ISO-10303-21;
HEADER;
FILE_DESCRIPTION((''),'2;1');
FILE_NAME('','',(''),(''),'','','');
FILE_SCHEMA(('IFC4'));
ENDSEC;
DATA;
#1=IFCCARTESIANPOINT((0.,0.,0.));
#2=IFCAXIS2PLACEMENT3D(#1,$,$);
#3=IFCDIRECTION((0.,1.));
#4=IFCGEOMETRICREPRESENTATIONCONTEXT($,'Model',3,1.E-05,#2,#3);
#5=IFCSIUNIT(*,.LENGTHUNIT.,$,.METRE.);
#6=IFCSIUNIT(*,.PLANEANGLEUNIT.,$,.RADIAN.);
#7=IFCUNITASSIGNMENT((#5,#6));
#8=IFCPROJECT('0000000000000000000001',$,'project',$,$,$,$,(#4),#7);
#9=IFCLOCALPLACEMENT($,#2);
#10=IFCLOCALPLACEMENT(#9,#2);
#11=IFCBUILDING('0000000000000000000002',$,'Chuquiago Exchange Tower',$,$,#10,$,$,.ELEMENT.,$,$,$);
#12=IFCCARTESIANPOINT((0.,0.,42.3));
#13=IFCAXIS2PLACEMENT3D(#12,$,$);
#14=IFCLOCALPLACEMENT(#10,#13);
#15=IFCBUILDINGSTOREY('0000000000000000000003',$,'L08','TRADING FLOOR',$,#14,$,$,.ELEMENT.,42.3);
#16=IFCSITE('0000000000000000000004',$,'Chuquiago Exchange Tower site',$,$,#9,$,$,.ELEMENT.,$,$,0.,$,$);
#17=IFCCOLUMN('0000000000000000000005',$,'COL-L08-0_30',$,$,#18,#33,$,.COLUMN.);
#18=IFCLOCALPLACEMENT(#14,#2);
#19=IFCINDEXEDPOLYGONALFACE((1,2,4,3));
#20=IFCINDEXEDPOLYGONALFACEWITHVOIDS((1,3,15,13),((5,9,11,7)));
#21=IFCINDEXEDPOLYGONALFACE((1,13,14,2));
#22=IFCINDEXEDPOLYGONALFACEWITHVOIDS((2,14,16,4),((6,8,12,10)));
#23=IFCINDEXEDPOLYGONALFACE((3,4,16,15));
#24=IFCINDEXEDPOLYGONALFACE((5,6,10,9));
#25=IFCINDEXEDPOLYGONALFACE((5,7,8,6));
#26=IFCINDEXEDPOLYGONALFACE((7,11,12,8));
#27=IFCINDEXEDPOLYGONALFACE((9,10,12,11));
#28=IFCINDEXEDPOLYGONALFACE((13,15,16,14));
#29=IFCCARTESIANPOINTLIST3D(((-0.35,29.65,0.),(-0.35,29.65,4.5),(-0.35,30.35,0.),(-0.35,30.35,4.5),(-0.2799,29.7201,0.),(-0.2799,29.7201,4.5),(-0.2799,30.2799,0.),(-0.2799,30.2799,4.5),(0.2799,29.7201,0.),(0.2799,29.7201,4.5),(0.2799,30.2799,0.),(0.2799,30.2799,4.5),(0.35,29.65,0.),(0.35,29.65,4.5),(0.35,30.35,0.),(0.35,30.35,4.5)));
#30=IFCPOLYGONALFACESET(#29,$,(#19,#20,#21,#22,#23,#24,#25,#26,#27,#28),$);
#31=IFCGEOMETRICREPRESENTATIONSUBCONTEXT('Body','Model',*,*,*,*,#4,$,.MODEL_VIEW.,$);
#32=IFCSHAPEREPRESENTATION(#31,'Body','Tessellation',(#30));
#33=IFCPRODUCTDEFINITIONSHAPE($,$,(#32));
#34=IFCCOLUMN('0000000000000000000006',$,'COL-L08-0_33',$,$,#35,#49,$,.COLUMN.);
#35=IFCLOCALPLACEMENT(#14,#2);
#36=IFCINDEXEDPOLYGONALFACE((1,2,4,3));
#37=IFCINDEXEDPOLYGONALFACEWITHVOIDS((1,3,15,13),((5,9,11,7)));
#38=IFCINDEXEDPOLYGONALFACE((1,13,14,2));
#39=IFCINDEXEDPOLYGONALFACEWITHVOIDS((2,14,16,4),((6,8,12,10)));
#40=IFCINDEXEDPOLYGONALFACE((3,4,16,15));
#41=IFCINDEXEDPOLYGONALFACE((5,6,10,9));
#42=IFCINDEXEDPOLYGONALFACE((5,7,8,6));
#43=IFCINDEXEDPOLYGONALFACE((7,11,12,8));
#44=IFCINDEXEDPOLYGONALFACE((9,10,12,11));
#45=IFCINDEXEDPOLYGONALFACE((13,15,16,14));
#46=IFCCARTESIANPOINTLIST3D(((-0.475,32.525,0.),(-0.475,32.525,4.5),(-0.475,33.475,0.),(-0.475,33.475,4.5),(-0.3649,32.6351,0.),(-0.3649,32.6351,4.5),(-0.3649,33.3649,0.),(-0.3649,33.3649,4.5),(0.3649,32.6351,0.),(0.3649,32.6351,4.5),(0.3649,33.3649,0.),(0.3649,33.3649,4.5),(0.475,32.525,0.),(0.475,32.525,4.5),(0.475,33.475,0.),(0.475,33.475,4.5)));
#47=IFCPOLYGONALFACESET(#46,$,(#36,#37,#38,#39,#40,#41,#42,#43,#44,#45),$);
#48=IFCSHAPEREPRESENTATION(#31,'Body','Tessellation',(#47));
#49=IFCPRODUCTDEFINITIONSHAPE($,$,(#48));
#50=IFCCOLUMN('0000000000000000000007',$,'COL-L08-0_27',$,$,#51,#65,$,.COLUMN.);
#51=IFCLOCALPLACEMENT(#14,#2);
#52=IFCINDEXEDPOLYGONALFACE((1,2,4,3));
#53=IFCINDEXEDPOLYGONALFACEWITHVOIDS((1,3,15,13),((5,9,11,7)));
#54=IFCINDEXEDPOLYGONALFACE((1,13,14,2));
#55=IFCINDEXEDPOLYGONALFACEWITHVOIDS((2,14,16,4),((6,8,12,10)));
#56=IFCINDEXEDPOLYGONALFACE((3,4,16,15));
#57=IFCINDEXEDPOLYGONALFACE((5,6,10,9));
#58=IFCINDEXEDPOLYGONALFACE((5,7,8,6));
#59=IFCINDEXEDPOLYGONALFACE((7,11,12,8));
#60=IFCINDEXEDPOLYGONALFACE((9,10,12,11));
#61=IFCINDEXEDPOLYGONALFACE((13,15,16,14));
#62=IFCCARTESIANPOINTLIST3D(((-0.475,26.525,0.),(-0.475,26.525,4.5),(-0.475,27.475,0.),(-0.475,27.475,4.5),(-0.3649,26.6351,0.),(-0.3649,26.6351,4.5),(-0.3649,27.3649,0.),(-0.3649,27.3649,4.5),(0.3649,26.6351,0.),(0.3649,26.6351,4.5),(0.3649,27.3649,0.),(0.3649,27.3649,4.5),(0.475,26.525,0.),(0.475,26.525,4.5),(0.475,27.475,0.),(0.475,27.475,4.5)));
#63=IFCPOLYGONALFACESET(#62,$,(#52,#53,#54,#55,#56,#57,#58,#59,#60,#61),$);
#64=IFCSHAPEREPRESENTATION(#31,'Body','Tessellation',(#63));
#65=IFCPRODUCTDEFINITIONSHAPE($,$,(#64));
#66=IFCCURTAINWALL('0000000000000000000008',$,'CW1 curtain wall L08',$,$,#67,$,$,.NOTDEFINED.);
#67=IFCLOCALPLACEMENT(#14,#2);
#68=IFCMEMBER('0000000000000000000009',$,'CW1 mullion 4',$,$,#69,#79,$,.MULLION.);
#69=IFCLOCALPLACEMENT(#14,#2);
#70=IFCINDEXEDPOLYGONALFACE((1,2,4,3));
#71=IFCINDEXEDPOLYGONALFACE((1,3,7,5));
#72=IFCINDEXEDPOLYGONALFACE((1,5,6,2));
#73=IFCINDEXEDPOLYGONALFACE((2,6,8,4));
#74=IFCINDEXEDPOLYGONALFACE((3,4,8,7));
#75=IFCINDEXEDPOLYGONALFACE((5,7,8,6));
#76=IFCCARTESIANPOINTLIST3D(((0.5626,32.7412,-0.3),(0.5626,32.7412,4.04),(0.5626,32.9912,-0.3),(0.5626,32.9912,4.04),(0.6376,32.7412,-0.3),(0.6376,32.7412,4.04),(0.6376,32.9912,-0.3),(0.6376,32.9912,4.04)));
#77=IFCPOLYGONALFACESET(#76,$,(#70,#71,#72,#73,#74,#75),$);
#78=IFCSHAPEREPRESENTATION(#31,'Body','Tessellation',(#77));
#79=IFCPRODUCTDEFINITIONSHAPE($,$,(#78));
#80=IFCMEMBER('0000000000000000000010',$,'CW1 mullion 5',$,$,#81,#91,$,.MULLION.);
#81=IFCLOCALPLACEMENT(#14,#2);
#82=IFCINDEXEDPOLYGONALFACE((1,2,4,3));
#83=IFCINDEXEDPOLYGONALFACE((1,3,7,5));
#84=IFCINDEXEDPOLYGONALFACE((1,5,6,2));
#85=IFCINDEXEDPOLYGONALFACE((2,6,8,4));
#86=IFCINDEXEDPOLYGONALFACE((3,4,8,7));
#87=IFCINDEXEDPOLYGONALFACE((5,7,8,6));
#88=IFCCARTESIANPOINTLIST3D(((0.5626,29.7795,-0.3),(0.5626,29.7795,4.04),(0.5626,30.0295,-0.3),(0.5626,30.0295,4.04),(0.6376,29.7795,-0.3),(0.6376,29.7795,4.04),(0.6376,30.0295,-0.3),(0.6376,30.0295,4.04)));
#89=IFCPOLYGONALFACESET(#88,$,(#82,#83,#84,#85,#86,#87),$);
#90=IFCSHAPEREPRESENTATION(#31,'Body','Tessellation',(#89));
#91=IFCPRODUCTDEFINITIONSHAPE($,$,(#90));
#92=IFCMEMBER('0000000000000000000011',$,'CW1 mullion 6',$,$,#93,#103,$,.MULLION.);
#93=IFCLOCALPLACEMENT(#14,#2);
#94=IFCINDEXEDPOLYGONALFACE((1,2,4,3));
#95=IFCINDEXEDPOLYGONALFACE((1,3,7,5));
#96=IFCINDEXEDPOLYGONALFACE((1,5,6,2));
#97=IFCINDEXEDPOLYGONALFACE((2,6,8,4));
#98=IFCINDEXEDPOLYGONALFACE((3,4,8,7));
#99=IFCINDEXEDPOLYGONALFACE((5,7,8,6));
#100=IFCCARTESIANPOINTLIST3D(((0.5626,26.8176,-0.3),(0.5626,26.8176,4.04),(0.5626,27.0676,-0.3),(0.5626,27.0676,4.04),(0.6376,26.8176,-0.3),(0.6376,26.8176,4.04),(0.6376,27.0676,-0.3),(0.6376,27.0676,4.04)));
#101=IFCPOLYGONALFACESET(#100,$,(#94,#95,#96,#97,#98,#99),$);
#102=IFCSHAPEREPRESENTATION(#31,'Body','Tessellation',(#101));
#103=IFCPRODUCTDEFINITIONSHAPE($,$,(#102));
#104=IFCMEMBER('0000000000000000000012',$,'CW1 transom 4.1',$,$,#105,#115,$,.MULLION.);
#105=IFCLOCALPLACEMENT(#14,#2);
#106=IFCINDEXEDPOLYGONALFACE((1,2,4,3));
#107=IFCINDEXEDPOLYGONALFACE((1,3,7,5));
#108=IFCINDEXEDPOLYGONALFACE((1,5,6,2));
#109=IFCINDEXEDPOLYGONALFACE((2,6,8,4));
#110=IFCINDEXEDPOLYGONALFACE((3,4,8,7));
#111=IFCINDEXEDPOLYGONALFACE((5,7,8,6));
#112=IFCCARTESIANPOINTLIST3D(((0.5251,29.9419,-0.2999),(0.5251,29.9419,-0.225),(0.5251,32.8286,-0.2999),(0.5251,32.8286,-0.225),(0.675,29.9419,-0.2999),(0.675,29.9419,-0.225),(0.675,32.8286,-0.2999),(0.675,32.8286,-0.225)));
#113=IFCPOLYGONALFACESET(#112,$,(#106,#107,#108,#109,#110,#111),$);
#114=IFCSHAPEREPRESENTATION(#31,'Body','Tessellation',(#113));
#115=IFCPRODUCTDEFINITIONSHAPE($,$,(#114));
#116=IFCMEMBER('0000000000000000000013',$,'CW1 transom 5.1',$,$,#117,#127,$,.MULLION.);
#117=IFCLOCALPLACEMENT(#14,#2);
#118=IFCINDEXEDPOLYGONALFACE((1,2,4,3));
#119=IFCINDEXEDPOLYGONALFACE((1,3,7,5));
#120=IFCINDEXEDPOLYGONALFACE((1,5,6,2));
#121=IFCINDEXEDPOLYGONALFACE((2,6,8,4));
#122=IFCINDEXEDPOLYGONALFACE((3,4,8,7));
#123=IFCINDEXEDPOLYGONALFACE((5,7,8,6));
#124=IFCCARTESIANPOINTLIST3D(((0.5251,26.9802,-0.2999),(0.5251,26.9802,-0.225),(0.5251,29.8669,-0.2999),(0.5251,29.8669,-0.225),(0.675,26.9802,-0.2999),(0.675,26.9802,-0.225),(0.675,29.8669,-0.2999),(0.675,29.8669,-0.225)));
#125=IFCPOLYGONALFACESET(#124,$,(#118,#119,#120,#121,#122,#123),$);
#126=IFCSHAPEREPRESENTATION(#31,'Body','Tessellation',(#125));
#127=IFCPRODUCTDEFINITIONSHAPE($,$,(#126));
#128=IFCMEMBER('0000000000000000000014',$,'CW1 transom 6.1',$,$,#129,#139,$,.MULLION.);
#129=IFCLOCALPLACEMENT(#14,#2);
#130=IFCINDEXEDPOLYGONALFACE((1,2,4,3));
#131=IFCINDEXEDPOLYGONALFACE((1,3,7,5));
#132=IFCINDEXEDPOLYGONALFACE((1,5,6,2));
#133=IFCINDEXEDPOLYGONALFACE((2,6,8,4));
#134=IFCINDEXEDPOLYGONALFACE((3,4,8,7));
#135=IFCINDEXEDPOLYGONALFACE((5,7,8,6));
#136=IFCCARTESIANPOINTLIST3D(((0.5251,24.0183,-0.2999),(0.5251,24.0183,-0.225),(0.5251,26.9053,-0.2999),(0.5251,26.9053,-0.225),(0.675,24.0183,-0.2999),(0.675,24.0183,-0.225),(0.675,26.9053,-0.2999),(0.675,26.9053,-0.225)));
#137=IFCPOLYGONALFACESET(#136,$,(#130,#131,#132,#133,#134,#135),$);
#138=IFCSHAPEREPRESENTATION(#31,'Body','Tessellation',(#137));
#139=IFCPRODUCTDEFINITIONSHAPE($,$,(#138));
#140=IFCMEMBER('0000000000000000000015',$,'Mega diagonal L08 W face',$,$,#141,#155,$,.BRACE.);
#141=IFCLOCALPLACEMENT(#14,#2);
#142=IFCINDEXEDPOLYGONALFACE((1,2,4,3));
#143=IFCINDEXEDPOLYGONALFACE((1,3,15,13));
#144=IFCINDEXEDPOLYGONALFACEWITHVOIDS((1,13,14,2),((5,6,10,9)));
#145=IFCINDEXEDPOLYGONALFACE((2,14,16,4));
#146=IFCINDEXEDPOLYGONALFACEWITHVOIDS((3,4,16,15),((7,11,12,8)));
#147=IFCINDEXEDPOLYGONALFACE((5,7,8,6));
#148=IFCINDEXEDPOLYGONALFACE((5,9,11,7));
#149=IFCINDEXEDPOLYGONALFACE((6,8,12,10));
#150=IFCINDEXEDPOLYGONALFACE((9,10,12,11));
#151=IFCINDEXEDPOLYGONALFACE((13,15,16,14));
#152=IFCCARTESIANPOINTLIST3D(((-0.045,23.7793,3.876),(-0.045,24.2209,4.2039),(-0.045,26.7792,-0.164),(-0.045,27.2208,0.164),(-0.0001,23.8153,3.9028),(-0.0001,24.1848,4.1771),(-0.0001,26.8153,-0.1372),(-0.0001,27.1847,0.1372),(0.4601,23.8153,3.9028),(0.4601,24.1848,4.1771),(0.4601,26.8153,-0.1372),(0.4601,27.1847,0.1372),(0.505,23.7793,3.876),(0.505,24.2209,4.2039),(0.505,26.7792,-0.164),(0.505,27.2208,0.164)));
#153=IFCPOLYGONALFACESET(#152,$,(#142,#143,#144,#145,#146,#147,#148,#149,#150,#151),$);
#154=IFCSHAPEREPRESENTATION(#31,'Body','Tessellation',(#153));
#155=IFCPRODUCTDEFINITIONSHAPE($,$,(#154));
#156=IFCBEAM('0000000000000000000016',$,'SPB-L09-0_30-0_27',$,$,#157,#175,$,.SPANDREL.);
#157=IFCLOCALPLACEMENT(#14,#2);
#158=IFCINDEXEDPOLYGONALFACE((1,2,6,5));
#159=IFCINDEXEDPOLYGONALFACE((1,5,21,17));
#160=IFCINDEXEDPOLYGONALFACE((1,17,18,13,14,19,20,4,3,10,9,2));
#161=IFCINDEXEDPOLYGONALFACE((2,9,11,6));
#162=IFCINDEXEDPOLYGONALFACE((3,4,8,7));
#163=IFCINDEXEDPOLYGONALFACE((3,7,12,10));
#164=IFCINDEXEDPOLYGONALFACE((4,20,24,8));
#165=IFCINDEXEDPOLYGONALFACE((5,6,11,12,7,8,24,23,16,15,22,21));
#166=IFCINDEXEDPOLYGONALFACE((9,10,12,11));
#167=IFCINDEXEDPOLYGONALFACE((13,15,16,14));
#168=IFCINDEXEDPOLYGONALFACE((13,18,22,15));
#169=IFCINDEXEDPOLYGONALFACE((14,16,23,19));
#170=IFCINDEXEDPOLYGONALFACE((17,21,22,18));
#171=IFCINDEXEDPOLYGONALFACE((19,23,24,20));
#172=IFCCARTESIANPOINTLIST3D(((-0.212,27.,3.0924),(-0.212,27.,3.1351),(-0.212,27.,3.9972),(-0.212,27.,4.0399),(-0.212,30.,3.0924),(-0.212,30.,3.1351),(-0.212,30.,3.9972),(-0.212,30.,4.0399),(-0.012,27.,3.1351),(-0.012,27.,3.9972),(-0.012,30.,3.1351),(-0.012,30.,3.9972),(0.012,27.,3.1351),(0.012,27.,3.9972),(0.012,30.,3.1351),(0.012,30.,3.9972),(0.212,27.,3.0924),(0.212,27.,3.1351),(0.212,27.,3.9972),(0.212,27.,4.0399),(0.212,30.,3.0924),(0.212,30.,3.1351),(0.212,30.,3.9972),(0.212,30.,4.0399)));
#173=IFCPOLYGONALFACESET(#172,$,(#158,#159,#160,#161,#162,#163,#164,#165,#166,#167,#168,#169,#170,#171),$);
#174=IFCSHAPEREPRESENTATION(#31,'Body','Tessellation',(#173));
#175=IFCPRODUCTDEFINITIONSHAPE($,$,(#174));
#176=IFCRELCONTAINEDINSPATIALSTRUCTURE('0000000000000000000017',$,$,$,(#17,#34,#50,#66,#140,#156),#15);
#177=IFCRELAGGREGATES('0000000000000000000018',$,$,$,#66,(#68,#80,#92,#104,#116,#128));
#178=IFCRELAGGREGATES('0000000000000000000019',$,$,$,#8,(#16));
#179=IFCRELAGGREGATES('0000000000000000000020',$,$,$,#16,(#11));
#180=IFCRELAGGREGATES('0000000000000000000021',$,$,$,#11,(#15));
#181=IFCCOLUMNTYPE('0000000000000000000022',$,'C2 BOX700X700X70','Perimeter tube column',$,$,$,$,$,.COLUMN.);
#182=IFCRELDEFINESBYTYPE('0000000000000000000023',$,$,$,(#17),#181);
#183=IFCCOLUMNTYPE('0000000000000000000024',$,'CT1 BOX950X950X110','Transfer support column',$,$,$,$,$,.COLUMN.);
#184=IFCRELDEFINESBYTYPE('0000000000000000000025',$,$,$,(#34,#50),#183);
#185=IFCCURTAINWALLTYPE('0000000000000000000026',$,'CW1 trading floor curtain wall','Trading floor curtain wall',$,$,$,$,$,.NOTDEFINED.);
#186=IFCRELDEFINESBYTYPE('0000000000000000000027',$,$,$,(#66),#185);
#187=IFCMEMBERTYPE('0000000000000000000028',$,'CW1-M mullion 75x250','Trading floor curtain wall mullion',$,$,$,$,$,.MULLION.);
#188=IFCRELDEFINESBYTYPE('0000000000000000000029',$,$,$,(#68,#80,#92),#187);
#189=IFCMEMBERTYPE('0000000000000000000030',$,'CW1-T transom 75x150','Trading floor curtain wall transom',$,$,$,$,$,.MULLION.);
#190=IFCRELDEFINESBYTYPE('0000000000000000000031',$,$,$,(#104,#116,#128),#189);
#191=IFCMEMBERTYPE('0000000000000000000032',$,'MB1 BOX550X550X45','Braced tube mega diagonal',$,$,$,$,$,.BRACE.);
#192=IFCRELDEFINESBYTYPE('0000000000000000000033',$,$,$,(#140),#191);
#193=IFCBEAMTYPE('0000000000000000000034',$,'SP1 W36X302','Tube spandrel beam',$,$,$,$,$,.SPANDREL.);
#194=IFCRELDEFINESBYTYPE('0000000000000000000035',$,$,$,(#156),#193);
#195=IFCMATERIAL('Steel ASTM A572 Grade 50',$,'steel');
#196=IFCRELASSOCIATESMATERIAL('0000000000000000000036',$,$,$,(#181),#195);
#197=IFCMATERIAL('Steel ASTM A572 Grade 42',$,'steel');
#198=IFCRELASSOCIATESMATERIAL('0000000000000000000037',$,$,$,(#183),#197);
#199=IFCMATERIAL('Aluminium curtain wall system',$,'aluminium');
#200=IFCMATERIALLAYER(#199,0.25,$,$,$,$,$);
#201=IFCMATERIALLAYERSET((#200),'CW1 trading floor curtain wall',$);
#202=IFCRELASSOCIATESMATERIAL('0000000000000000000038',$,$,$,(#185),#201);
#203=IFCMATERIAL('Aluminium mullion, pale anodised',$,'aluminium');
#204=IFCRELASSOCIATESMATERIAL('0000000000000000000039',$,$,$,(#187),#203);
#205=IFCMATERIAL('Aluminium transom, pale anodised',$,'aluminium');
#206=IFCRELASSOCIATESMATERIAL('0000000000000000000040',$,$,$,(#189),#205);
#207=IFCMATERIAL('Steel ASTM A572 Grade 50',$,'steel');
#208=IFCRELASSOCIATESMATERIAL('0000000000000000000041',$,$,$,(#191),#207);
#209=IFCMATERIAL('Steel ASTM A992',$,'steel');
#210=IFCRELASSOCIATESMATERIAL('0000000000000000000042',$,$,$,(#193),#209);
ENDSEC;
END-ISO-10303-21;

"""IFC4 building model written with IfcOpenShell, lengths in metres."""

from ifc_helpers import new_model, si_unit, direction, frame, origin, origin_2d, place, context, subcontext, project, spatial, rectangle, hollow_rectangle, i_section, extrude, material, layer, layer_set, material_profile, profile_set, type_object, element, aggregate, save


model = new_model("IFC4")

# Units and contexts
model_context = context("Model", 3, precision=1e-05, world=origin(), true_north=direction((0.0, 1.0)))
body_context = subcontext(model_context, "Body", "Model", "MODEL_VIEW")
ifc_project = project(units=[si_unit("LENGTHUNIT", "METRE"), si_unit("PLANEANGLEUNIT", "RADIAN")], contexts=[model_context])

# Site, building, storey
site_placement = place(None, origin())
site = spatial("IfcSite", under=ifc_project, at=site_placement, Name="Chuquiago Exchange Tower site", CompositionType="ELEMENT", RefElevation=0.0)
building_placement = place(site_placement, origin())
building = spatial("IfcBuilding", under=site, at=building_placement, Name="Chuquiago Exchange Tower", CompositionType="ELEMENT")
storey_placement = place(building_placement, frame((0.0, 0.0, 42.3)))
storey = spatial("IfcBuildingStorey", under=building, at=storey_placement, Name="L08", Description="TRADING FLOOR", CompositionType="ELEMENT", Elevation=42.3)

# Columns
ifc_material_1 = material(Name="Steel ASTM A572 Grade 50", Category="steel")
ifc_material_profile_1 = material_profile(ifc_material_1, hollow_rectangle(XDim=0.7, YDim=0.7, WallThickness=0.0701, at=origin_2d()), Name="BOX700X700X70")
ifc_profile_set_1 = profile_set([ifc_material_profile_1], Name="Steel ASTM A572 Grade 50")
column_type_1 = type_object("IfcColumnType", Name="C2 BOX700X700X70", Description="Perimeter tube column", PredefinedType="COLUMN", material=ifc_profile_set_1)
column_placement = place(storey_placement, frame((0.0, 30.0, 0.0), z_axis=(0.0, 0.0, 1.0), x_axis=(-1.0, 0.0, 0.0)))
element("IfcColumn", 1, at=column_placement, inside=storey, type_object=column_type_1, Name="COL-L08-0_30", PredefinedType="COLUMN", context=body_context, shape_type="SweptSolid", body=[
    extrude(hollow_rectangle(XDim=0.7, YDim=0.7, WallThickness=0.0701, at=origin_2d()), origin(), (0.0, 0.0, 1.0), 4.5),
])
ifc_material_2 = material(Name="Steel ASTM A572 Grade 42", Category="steel")
ifc_material_profile_2 = material_profile(ifc_material_2, hollow_rectangle(XDim=0.95, YDim=0.95, WallThickness=0.1101, at=origin_2d()), Name="BOX950X950X110")
ifc_profile_set_2 = profile_set([ifc_material_profile_2], Name="Steel ASTM A572 Grade 42")
column_type_2 = type_object("IfcColumnType", Name="CT1 BOX950X950X110", Description="Transfer support column", PredefinedType="COLUMN", material=ifc_profile_set_2)
for number, where, z_axis, x_axis, name in (
    (2, (0.0, 33.0, 0.0), (0.0, 0.0, 1.0), (-1.0, 0.0, 0.0), "COL-L08-0_33"),
    (3, (0.0, 27.0, 0.0), (0.0, 0.0, 1.0), (-1.0, 0.0, 0.0), "COL-L08-0_27"),
):
    element("IfcColumn", number, at=place(storey_placement, frame(where, z_axis=z_axis, x_axis=x_axis)), inside=storey, type_object=column_type_2, Name=name, PredefinedType="COLUMN", context=body_context, shape_type="SweptSolid", body=[
        extrude(hollow_rectangle(XDim=0.95, YDim=0.95, WallThickness=0.1101, at=origin_2d()), origin(), (0.0, 0.0, 1.0), 4.5),
    ])

# Curtain wall, members
ifc_material_3 = material(Name="Aluminium curtain wall system", Category="aluminium")
ifc_layer_1 = layer(ifc_material_3, 0.25)
ifc_layer_set_1 = layer_set([ifc_layer_1], Name="CW1 trading floor curtain wall")
curtain_wall_type = type_object("IfcCurtainWallType", Name="CW1 trading floor curtain wall", Description="Trading floor curtain wall", PredefinedType="NOTDEFINED", material=ifc_layer_set_1)
curtain_wall_placement = place(storey_placement, origin())
curtain_wall = element("IfcCurtainWall", 4, at=curtain_wall_placement, inside=storey, type_object=curtain_wall_type, Name="CW1 curtain wall L08", PredefinedType="NOTDEFINED")
ifc_material_4 = material(Name="Aluminium mullion, pale anodised", Category="aluminium")
ifc_material_profile_3 = material_profile(ifc_material_4, rectangle(XDim=0.075, YDim=0.25, at=origin_2d()), Name="AL 75x250")
ifc_profile_set_3 = profile_set([ifc_material_profile_3], Name="Aluminium mullion, pale anodised")
member_type_1 = type_object("IfcMemberType", Name="CW1-M mullion 75x250", Description="Trading floor curtain wall mullion", PredefinedType="MULLION", material=ifc_profile_set_3)
member_1_placement = place(storey_placement, frame((0.6001, 32.8662, -0.3), z_axis=(0.0, 0.0, 1.0), x_axis=(1.0, 0.0, 0.0)))
member_1 = element("IfcMember", 5, at=member_1_placement, type_object=member_type_1, Name="CW1 mullion 4", PredefinedType="MULLION", context=body_context, shape_type="SweptSolid", body=[
    extrude(rectangle(XDim=0.075, YDim=0.25, at=origin_2d()), origin(), (0.0, 0.0, 1.0), 4.3401),
])
member_2_placement = place(storey_placement, frame((0.6001, 29.9045, -0.3), z_axis=(0.0, 0.0, 1.0), x_axis=(1.0, 0.0, 0.0)))
member_2 = element("IfcMember", 6, at=member_2_placement, type_object=member_type_1, Name="CW1 mullion 5", PredefinedType="MULLION", context=body_context, shape_type="SweptSolid", body=[
    extrude(rectangle(XDim=0.075, YDim=0.25, at=origin_2d()), origin(), (0.0, 0.0, 1.0), 4.3401),
])
member_3_placement = place(storey_placement, frame((0.6001, 26.9426, -0.3), z_axis=(0.0, 0.0, 1.0), x_axis=(1.0, 0.0, 0.0)))
member_3 = element("IfcMember", 7, at=member_3_placement, type_object=member_type_1, Name="CW1 mullion 6", PredefinedType="MULLION", context=body_context, shape_type="SweptSolid", body=[
    extrude(rectangle(XDim=0.075, YDim=0.25, at=origin_2d()), origin(), (0.0, 0.0, 1.0), 4.3401),
])
ifc_material_5 = material(Name="Aluminium transom, pale anodised", Category="aluminium")
ifc_material_profile_4 = material_profile(ifc_material_5, rectangle(XDim=0.1499, YDim=0.075, at=origin_2d()), Name="AL 150x75")
ifc_profile_set_4 = profile_set([ifc_material_profile_4], Name="Aluminium transom, pale anodised")
member_type_2 = type_object("IfcMemberType", Name="CW1-T transom 75x150", Description="Trading floor curtain wall transom", PredefinedType="MULLION", material=ifc_profile_set_4)
member_4_placement = place(storey_placement, frame((0.6001, 32.8286, -0.2625), z_axis=(0.0, -1.0, 0.0), x_axis=(1.0, 0.0, 0.0)))
member_4 = element("IfcMember", 8, at=member_4_placement, type_object=member_type_2, Name="CW1 transom 4.1", PredefinedType="MULLION", context=body_context, shape_type="SweptSolid", body=[
    extrude(rectangle(XDim=0.1499, YDim=0.075, at=origin_2d()), origin(), (0.0, 0.0, 1.0), 2.8867),
])
member_5_placement = place(storey_placement, frame((0.6001, 29.8669, -0.2625), z_axis=(0.0, -1.0, 0.0), x_axis=(1.0, 0.0, 0.0)))
member_5 = element("IfcMember", 9, at=member_5_placement, type_object=member_type_2, Name="CW1 transom 5.1", PredefinedType="MULLION", context=body_context, shape_type="SweptSolid", body=[
    extrude(rectangle(XDim=0.1499, YDim=0.075, at=origin_2d()), origin(), (0.0, 0.0, 1.0), 2.8867),
])
member_6_placement = place(storey_placement, frame((0.6001, 26.9053, -0.2625), z_axis=(0.0, -1.0, 0.0), x_axis=(1.0, 0.0, 0.0)))
member_6 = element("IfcMember", 10, at=member_6_placement, type_object=member_type_2, Name="CW1 transom 6.1", PredefinedType="MULLION", context=body_context, shape_type="SweptSolid", body=[
    extrude(rectangle(XDim=0.1499, YDim=0.075, at=origin_2d()), origin(), (0.0, 0.0, 1.0), 2.887),
])

# Member
ifc_material_6 = material(Name="Steel ASTM A572 Grade 50", Category="steel")
ifc_material_profile_5 = material_profile(ifc_material_6, hollow_rectangle(XDim=0.55, YDim=0.55, WallThickness=0.0449, at=origin_2d()), Name="BOX550X550X45")
ifc_profile_set_5 = profile_set([ifc_material_profile_5], Name="Steel ASTM A572 Grade 50")
member_type_3 = type_object("IfcMemberType", Name="MB1 BOX550X550X45", Description="Braced tube mega diagonal", PredefinedType="BRACE", material=ifc_profile_set_5)
member_7_placement = place(storey_placement, frame((0.23, 27.0, 0.0), z_axis=(0.0, -0.596174, 0.802855), x_axis=(1.0, 0.0, 0.0)))
element("IfcMember", 11, at=member_7_placement, inside=storey, type_object=member_type_3, Name="Mega diagonal L08 W face", PredefinedType="BRACE", context=body_context, shape_type="SweptSolid", body=[
    extrude(hollow_rectangle(XDim=0.55, YDim=0.55, WallThickness=0.0449, at=origin_2d()), origin(), (0.0, 0.0, 1.0), 5.032),
])

# Beam
ifc_material_7 = material(Name="Steel ASTM A992", Category="steel")
ifc_material_profile_6 = material_profile(ifc_material_7, i_section(OverallWidth=0.4241, OverallDepth=0.9475, WebThickness=0.0239, FlangeThickness=0.0427, at=origin_2d()), Name="W36X302")
ifc_profile_set_6 = profile_set([ifc_material_profile_6], Name="Steel ASTM A992")
beam_type = type_object("IfcBeamType", Name="SP1 W36X302", Description="Tube spandrel beam", PredefinedType="SPANDREL", material=ifc_profile_set_6)
for number, where, z_axis, x_axis, name in (
    (12, (0.0, 30.0, 3.5662), (0.0, -1.0, 0.0), (1.0, 0.0, 0.0), "SPB-L09-0_30-0_27"),
):
    element("IfcBeam", number, at=place(storey_placement, frame(where, z_axis=z_axis, x_axis=x_axis)), inside=storey, type_object=beam_type, Name=name, PredefinedType="SPANDREL", context=body_context, shape_type="SweptSolid", body=[
        extrude(i_section(OverallWidth=0.4241, OverallDepth=0.9475, WebThickness=0.0239, FlangeThickness=0.0427, at=origin_2d()), origin(), (0.0, 0.0, 1.0), 3.0),
    ])

aggregate(curtain_wall, [member_1, member_2, member_3, member_4, member_5, member_6])

save(model, "model.ifc")
